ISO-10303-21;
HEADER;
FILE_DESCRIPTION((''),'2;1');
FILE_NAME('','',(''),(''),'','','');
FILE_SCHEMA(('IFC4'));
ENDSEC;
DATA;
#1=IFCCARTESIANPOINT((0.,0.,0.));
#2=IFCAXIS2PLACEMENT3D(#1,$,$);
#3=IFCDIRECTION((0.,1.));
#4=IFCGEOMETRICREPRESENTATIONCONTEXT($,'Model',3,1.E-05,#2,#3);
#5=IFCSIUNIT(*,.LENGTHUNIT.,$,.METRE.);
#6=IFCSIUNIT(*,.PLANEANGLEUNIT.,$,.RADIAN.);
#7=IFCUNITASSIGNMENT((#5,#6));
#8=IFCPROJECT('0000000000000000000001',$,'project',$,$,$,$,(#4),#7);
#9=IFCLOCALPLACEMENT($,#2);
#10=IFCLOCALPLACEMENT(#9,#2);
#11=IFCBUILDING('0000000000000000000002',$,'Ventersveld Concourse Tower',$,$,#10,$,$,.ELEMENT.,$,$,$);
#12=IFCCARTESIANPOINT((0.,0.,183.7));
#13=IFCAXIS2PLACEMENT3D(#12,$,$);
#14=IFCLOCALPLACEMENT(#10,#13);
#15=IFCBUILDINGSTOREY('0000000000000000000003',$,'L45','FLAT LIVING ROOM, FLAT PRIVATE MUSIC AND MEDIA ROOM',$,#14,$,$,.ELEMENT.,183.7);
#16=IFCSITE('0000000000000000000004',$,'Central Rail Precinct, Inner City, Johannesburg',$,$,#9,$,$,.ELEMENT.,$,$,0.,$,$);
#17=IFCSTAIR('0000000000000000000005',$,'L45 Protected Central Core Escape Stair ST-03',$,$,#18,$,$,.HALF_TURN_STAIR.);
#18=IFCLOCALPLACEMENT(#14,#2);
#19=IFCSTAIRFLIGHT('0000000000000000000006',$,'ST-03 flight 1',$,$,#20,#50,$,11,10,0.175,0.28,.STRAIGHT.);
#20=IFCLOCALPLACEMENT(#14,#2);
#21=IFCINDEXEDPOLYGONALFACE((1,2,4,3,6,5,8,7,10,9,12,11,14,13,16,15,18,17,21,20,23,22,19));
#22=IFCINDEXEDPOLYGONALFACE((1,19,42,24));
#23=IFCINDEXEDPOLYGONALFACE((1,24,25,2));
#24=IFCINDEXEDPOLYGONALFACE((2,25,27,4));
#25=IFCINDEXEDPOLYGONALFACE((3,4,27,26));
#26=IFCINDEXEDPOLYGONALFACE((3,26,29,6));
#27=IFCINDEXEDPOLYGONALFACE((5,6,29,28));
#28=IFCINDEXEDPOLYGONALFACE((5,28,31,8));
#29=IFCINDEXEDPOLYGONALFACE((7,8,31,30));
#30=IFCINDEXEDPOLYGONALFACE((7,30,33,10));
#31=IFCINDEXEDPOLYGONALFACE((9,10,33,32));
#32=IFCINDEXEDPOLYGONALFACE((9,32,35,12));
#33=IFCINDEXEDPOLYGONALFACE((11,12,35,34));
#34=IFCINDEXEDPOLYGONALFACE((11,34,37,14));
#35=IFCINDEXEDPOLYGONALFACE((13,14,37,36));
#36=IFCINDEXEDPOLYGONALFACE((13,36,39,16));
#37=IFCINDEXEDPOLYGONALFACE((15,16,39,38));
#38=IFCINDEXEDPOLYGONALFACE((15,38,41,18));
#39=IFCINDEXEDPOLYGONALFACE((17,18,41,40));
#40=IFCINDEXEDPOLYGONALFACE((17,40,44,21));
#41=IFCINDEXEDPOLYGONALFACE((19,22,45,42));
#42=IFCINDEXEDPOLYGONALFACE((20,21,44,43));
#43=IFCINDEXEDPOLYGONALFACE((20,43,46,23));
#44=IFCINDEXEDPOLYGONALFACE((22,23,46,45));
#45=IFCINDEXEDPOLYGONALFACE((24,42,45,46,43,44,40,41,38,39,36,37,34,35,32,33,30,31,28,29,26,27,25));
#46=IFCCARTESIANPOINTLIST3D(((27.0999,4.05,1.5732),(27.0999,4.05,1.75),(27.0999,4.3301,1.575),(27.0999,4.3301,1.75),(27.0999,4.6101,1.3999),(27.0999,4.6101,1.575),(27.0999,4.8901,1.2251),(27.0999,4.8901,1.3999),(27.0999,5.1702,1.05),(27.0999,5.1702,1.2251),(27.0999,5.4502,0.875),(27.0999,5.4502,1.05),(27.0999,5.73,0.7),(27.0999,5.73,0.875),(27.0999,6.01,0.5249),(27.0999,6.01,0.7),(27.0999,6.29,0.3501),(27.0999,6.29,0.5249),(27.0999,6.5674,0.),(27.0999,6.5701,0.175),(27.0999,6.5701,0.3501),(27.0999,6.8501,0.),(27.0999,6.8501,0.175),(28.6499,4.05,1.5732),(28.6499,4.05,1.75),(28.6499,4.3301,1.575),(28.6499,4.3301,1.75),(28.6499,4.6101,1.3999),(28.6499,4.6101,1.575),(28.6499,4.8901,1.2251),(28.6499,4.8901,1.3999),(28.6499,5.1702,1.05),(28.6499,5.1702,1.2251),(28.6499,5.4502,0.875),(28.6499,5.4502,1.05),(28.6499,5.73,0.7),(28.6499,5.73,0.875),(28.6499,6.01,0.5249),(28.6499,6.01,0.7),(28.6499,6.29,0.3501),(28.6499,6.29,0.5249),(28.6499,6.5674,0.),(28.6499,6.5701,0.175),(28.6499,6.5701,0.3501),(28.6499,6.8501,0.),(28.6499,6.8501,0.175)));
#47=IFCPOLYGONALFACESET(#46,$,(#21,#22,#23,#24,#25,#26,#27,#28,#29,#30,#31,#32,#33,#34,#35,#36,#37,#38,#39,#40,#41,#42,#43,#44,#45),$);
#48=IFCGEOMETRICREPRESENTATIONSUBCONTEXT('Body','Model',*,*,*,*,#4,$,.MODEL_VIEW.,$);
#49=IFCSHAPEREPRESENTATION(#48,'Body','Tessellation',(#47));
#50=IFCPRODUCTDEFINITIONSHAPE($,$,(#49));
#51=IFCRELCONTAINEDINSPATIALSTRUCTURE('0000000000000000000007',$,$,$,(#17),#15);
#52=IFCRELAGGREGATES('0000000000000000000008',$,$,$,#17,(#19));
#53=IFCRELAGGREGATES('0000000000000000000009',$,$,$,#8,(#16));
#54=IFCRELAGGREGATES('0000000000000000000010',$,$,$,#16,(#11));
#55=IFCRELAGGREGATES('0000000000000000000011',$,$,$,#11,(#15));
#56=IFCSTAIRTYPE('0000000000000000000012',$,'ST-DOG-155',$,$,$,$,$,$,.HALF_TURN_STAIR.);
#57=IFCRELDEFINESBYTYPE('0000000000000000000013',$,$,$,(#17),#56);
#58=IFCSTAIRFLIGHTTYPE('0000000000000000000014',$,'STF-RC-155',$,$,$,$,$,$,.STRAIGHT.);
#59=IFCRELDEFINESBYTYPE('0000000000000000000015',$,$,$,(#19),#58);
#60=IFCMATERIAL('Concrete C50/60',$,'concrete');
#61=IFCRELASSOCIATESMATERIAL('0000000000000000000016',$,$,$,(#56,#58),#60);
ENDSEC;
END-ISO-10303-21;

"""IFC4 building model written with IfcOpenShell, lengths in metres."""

from ifc_helpers import new_model, si_unit, direction, frame, origin, place, context, subcontext, project, spatial, polyline, outline, extrude, material, type_object, element, aggregate, save


model = new_model("IFC4")

# Units and contexts
model_context = context("Model", 3, precision=1e-05, world=origin(), true_north=direction((0.0, 1.0)))
body_context = subcontext(model_context, "Body", "Model", "MODEL_VIEW")
ifc_project = project(units=[si_unit("LENGTHUNIT", "METRE"), si_unit("PLANEANGLEUNIT", "RADIAN")], contexts=[model_context])

# Site, building, storey
site_placement = place(None, origin())
site = spatial("IfcSite", under=ifc_project, at=site_placement, Name="Central Rail Precinct, Inner City, Johannesburg", CompositionType="ELEMENT", RefElevation=0.0)
building_placement = place(site_placement, origin())
building = spatial("IfcBuilding", under=site, at=building_placement, Name="Ventersveld Concourse Tower", CompositionType="ELEMENT")
storey_placement = place(building_placement, frame((0.0, 0.0, 183.7)))
storey = spatial("IfcBuildingStorey", under=building, at=storey_placement, Name="L45", Description="FLAT LIVING ROOM, FLAT PRIVATE MUSIC AND MEDIA ROOM", CompositionType="ELEMENT", Elevation=183.7)

# Shared definitions
ifc_material_1 = material(Name="Concrete C50/60", Category="concrete")

# Stair, stair flight
stair_type = type_object("IfcStairType", Name="ST-DOG-155", PredefinedType="HALF_TURN_STAIR", material=ifc_material_1)
stair_placement = place(storey_placement, origin())
stair = element("IfcStair", 1, at=stair_placement, inside=storey, type_object=stair_type, Name="L45 Protected Central Core Escape Stair ST-03", PredefinedType="HALF_TURN_STAIR")
stair_flight_type = type_object("IfcStairFlightType", Name="STF-RC-155", PredefinedType="STRAIGHT", material=ifc_material_1)
stair_flight_placement = place(storey_placement, frame((27.875, 6.8501, 0.0), z_axis=(0.0, 0.0, 1.0), x_axis=(0.0, -1.0, 0.0)))
stair_flight = element("IfcStairFlight", 2, at=stair_flight_placement, type_object=stair_flight_type, Name="ST-03 flight 1", NumberOfRisers=11, NumberOfTreads=10, PredefinedType="STRAIGHT", RiserHeight=0.175, TreadLength=0.28, context=body_context, shape_type="SweptSolid", body=[
    extrude(outline(polyline([(0.0, 0.0), (0.0, 0.175), (0.28, 0.175), (0.28, 0.3501), (0.5601, 0.3501), (0.5601, 0.5249), (0.8401, 0.5249), (0.8401, 0.7), (1.1201, 0.7), (1.1201, 0.875), (1.3999, 0.875), (1.3999, 1.05), (1.6799, 1.05), (1.6799, 1.2251), (1.96, 1.2251), (1.96, 1.3999), (2.24, 1.3999), (2.24, 1.575), (2.52, 1.575), (2.52, 1.75), (2.8, 1.75), (2.8, 1.925), (2.8, 1.5732), (0.2827, 0.0), (0.0, 0.0)])), frame((0.0, 0.7749, 0.0), z_axis=(0.0, -1.0, 0.0), x_axis=(1.0, 0.0, 0.0)), (0.0, 0.0, 1.0), 1.55),
])
aggregate(stair, [stair_flight])

save(model, "model.ifc")
